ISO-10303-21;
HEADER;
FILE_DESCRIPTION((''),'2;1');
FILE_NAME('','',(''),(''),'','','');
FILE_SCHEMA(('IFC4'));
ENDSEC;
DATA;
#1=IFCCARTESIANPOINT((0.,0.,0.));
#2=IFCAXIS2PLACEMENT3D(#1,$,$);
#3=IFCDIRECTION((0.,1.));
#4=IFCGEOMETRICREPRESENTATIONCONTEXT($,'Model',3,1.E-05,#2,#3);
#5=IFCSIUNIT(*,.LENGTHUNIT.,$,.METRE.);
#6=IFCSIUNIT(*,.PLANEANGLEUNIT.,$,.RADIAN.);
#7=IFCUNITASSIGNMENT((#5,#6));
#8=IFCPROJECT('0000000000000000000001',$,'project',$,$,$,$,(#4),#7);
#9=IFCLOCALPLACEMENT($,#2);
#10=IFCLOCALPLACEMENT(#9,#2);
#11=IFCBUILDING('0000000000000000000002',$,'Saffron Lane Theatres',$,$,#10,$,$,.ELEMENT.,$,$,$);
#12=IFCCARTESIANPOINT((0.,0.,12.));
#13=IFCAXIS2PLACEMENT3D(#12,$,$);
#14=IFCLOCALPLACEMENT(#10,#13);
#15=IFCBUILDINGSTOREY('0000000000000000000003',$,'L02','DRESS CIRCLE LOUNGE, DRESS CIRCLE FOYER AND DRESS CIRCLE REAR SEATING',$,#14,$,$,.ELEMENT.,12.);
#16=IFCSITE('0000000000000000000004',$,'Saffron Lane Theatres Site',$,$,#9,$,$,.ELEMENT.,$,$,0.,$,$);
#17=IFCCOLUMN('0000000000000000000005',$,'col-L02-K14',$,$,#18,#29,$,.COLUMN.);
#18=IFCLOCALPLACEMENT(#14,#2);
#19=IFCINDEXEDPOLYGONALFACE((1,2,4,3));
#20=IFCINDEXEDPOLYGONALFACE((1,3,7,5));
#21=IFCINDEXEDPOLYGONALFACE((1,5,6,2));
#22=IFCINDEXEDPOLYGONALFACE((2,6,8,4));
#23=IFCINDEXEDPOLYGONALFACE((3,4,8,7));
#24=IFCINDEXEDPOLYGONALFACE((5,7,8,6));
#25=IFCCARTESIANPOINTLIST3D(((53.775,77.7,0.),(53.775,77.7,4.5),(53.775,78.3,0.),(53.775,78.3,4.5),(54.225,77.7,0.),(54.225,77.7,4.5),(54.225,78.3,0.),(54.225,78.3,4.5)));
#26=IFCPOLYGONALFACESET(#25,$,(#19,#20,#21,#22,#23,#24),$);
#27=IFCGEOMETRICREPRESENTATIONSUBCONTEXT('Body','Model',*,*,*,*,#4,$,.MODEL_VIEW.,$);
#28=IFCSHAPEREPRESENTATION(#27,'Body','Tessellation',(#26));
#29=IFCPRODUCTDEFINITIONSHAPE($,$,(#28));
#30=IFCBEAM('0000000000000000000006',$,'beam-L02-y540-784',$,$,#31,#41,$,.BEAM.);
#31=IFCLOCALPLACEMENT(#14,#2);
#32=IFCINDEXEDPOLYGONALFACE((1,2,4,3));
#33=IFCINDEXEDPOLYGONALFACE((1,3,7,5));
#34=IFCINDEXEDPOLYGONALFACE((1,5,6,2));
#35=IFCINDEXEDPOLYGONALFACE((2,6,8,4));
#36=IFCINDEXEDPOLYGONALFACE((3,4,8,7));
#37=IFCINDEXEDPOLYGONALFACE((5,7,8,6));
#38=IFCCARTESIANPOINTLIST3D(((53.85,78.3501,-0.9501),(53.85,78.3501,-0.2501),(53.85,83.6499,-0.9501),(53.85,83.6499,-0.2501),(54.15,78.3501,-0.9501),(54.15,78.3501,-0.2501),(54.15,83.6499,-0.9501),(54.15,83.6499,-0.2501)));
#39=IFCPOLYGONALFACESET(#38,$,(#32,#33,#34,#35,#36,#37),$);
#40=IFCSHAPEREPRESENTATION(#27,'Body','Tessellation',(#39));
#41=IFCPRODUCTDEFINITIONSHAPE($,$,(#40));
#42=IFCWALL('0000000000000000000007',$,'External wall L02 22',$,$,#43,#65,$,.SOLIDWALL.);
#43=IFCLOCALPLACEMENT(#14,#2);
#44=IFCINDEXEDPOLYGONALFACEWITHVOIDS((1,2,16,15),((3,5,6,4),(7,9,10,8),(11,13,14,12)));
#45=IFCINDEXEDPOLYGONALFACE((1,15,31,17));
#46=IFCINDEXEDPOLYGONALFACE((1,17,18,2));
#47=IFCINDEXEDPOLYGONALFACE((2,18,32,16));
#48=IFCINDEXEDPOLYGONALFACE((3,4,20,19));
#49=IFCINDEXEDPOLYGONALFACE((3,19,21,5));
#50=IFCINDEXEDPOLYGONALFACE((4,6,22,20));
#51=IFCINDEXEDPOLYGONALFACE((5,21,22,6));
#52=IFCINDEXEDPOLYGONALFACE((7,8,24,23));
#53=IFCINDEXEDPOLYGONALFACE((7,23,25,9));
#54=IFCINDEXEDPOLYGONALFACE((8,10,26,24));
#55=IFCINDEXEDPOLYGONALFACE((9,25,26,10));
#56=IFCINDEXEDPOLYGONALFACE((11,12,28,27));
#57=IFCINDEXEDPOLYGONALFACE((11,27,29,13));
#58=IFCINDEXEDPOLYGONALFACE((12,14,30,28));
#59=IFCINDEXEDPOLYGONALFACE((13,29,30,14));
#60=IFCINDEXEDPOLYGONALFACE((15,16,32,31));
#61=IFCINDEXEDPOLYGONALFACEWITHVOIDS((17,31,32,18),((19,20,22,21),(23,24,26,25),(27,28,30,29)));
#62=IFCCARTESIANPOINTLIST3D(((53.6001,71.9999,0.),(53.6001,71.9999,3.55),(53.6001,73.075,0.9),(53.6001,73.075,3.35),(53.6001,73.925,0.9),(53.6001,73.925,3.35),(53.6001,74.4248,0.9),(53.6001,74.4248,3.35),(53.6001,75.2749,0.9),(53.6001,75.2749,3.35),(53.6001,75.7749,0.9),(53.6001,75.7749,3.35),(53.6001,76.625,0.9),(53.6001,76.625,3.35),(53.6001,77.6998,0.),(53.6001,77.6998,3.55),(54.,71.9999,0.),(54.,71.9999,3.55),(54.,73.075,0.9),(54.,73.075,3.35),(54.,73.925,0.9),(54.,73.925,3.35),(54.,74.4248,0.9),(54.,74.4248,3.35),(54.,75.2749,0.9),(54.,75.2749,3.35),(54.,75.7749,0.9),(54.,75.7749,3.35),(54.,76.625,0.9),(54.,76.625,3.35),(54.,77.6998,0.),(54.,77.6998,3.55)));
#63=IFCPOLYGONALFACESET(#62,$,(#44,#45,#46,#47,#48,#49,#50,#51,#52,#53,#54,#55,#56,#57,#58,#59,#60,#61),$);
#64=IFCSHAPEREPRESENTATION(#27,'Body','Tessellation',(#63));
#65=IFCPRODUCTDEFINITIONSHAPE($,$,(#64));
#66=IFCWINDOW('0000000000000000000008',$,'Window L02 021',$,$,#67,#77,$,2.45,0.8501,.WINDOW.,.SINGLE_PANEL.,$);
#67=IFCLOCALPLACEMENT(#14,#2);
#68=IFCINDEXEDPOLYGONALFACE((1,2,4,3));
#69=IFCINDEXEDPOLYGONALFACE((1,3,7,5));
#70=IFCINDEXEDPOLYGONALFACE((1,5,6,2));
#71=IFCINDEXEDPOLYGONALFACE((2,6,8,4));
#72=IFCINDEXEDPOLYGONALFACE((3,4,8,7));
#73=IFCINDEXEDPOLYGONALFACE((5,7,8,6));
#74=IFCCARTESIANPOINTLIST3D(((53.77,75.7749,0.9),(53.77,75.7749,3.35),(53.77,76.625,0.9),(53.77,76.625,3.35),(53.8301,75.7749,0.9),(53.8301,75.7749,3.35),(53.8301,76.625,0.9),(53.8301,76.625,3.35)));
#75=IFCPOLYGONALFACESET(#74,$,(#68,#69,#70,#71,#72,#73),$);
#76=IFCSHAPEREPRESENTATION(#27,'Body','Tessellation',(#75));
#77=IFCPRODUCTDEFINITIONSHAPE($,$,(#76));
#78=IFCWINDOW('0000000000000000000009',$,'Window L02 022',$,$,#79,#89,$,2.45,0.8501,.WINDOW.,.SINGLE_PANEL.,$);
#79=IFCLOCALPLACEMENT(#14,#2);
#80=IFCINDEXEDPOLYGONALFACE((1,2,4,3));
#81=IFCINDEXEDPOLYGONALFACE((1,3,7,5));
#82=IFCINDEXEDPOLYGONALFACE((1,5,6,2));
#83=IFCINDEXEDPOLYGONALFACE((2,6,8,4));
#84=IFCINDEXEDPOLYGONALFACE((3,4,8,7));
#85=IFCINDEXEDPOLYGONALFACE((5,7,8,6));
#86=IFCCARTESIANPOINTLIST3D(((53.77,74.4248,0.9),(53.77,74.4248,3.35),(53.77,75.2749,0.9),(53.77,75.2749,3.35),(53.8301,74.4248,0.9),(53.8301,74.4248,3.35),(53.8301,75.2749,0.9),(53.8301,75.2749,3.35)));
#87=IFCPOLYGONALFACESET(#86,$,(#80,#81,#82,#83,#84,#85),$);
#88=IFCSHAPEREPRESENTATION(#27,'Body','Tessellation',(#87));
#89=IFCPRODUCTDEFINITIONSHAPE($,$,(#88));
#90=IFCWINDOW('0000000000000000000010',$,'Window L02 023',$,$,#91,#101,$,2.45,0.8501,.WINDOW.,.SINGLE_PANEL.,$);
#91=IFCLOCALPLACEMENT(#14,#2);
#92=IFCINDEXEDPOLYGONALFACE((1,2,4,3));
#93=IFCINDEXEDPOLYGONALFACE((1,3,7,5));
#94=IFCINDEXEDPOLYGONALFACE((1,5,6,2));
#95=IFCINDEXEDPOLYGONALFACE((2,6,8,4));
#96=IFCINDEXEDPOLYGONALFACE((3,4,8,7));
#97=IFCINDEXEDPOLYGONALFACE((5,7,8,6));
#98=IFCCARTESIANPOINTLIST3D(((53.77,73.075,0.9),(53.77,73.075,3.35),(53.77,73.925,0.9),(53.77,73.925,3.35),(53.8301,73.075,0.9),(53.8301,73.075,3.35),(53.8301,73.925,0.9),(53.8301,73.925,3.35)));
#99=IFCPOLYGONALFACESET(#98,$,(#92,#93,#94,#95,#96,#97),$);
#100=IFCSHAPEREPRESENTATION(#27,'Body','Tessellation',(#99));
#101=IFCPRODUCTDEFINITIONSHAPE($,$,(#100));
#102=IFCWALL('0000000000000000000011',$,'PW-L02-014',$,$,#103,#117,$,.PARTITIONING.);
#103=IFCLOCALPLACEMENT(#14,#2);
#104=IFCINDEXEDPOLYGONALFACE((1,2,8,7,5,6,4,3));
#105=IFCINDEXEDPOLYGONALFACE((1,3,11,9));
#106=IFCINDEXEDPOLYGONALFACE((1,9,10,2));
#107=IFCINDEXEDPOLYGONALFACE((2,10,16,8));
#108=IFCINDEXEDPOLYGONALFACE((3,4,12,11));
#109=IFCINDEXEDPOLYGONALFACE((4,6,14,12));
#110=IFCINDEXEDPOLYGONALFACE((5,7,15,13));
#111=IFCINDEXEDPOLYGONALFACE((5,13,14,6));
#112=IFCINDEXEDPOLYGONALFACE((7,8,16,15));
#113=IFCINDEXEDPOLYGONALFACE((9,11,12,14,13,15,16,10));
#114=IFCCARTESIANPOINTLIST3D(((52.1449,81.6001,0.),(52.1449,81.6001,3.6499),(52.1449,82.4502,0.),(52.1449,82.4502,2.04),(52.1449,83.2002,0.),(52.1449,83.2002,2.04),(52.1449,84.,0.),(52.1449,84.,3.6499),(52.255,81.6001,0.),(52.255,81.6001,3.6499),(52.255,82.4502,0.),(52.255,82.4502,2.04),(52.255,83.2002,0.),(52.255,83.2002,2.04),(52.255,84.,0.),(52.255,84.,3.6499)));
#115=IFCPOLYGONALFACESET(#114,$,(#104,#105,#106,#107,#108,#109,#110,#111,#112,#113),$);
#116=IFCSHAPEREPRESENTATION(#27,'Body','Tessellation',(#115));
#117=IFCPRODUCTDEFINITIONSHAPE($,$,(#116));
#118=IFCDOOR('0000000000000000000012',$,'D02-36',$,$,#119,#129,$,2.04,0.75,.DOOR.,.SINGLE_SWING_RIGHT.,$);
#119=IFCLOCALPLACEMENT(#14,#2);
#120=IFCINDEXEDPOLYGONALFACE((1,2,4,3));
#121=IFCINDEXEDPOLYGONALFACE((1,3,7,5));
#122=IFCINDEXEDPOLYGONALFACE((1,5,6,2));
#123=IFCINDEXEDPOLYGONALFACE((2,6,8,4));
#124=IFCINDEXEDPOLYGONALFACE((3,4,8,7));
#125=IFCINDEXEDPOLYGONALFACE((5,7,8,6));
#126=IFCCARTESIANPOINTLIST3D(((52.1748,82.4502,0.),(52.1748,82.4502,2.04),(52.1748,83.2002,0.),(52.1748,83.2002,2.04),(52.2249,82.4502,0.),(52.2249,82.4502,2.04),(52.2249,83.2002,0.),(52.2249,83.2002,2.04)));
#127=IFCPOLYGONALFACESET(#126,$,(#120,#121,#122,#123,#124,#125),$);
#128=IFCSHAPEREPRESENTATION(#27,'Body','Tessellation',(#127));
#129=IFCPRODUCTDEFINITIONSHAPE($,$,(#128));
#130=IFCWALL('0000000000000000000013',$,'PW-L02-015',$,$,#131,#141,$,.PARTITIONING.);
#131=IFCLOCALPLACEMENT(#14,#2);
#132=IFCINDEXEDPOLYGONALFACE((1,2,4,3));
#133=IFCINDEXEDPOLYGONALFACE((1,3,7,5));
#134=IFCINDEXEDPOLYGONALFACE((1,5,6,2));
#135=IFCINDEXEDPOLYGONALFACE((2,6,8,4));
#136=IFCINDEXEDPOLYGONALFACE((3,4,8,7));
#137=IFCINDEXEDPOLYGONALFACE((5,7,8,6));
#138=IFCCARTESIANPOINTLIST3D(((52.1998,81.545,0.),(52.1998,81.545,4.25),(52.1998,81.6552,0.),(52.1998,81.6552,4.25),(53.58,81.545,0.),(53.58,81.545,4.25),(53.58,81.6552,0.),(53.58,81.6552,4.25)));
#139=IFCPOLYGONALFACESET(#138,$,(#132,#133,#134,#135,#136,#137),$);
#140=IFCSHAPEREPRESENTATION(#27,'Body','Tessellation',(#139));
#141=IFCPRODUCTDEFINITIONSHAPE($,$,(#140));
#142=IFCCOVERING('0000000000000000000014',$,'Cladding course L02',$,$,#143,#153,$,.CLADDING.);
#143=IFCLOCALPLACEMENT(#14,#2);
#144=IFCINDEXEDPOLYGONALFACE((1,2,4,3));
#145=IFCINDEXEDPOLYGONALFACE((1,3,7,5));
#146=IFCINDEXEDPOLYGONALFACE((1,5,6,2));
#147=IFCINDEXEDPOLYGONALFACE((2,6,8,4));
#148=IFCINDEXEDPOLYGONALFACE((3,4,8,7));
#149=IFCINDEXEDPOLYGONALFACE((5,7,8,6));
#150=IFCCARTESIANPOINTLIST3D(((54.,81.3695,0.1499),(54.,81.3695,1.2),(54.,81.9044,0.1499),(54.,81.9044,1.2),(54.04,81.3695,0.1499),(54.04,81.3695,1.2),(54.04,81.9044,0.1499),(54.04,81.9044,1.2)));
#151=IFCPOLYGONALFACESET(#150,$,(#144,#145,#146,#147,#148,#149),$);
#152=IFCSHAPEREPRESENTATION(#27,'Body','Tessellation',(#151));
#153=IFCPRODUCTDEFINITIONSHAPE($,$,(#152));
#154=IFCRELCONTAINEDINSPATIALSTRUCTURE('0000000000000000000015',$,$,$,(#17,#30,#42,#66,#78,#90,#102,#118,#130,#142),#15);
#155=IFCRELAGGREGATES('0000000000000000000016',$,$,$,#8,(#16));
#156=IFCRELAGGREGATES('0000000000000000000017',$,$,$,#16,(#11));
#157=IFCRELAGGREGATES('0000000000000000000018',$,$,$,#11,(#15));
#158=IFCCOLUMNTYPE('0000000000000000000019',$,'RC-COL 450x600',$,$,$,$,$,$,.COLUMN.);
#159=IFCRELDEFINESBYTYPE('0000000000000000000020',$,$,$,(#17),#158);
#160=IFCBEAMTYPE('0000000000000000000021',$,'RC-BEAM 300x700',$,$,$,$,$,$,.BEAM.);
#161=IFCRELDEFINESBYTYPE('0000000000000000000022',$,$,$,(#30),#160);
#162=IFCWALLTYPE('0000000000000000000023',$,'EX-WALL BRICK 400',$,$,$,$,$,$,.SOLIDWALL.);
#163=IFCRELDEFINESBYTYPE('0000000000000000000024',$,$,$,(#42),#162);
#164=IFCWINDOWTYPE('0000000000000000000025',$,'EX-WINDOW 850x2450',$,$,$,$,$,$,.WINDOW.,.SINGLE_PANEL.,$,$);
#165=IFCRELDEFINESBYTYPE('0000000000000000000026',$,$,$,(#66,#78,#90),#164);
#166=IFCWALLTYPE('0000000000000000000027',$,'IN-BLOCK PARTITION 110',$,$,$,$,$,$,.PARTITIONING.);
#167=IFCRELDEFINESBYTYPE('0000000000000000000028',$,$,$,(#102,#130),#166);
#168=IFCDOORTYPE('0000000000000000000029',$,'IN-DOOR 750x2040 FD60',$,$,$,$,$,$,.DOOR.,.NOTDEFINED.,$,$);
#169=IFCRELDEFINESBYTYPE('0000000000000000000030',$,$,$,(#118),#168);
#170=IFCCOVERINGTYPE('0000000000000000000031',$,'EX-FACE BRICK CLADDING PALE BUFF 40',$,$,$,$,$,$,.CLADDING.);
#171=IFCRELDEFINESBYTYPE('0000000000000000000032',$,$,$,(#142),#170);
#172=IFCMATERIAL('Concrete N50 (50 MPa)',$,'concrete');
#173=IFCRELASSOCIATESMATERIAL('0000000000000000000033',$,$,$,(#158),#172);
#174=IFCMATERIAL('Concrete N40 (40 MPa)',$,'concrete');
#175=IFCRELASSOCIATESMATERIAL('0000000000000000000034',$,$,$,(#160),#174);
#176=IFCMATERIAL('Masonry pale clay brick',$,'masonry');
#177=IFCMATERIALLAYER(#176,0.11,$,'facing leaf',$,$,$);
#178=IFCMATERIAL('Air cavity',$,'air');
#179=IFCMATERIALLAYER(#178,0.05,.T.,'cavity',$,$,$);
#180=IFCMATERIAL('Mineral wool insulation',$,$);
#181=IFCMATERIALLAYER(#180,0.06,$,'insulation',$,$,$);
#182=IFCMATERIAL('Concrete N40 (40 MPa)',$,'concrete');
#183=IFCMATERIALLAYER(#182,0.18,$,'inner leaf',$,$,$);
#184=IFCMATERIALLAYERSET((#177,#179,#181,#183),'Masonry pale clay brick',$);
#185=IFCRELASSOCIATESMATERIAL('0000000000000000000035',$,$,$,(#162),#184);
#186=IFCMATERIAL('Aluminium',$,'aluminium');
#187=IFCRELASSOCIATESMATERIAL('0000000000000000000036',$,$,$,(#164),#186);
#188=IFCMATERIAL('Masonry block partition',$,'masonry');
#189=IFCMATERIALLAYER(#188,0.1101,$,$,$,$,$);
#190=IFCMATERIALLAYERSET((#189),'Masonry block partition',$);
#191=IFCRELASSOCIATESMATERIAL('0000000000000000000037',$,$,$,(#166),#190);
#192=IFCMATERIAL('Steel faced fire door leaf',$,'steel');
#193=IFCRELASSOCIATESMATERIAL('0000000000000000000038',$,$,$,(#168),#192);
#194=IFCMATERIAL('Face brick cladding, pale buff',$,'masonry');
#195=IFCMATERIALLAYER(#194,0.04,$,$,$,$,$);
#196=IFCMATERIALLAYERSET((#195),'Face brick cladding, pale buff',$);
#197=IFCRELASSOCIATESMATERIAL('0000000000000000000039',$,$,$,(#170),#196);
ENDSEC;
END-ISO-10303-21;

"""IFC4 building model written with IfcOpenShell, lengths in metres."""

from ifc_helpers import new_model, si_unit, direction, frame, frame_2d, origin, origin_2d, place, context, subcontext, project, spatial, rectangle, extrude, material, layer, layer_set, material_profile, profile_set, type_object, element, fill, save


model = new_model("IFC4")

# Units and contexts
model_context = context("Model", 3, precision=1e-05, world=origin(), true_north=direction((0.0, 1.0)))
body_context = subcontext(model_context, "Body", "Model", "MODEL_VIEW")
ifc_project = project(units=[si_unit("LENGTHUNIT", "METRE"), si_unit("PLANEANGLEUNIT", "RADIAN")], contexts=[model_context])

# Site, building, storey
site_placement = place(None, origin())
site = spatial("IfcSite", under=ifc_project, at=site_placement, Name="Saffron Lane Theatres Site", CompositionType="ELEMENT", RefElevation=0.0)
building_placement = place(site_placement, origin())
building = spatial("IfcBuilding", under=site, at=building_placement, Name="Saffron Lane Theatres", CompositionType="ELEMENT")
storey_placement = place(building_placement, frame((0.0, 0.0, 12.0)))
storey = spatial("IfcBuildingStorey", under=building, at=storey_placement, Name="L02", Description="DRESS CIRCLE LOUNGE, DRESS CIRCLE FOYER AND DRESS CIRCLE REAR SEATING", CompositionType="ELEMENT", Elevation=12.0)

# Column
ifc_material_1 = material(Name="Concrete N50 (50 MPa)", Category="concrete")
ifc_material_profile_1 = material_profile(ifc_material_1, rectangle(XDim=0.45, YDim=0.6001, at=origin_2d()))
ifc_profile_set_1 = profile_set([ifc_material_profile_1], Name="Concrete N50 (50 MPa)")
column_type = type_object("IfcColumnType", Name="RC-COL 450x600", PredefinedType="COLUMN", material=ifc_profile_set_1)
column_placement = place(storey_placement, frame((54.0, 78.0, 0.0), z_axis=(0.0, 0.0, 1.0), x_axis=(1.0, 0.0, 0.0)))
element("IfcColumn", 1, at=column_placement, inside=storey, type_object=column_type, Name="col-L02-K14", PredefinedType="COLUMN", context=body_context, shape_type="SweptSolid", body=[
    extrude(rectangle(XDim=0.45, YDim=0.6001, at=origin_2d()), origin(), (0.0, 0.0, 1.0), 4.5),
])

# Beam
ifc_material_2 = material(Name="Concrete N40 (40 MPa)", Category="concrete")
ifc_material_profile_2 = material_profile(ifc_material_2, rectangle(XDim=0.3, YDim=0.7, at=origin_2d()))
ifc_profile_set_2 = profile_set([ifc_material_profile_2], Name="Concrete N40 (40 MPa)")
beam_type = type_object("IfcBeamType", Name="RC-BEAM 300x700", PredefinedType="BEAM", material=ifc_profile_set_2)
beam_placement = place(storey_placement, frame((54.0, 78.3501, -0.6001), z_axis=(0.0, 1.0, 0.0), x_axis=(-1.0, 0.0, 0.0)))
element("IfcBeam", 2, at=beam_placement, inside=storey, type_object=beam_type, Name="beam-L02-y540-784", PredefinedType="BEAM", context=body_context, shape_type="SweptSolid", body=[
    extrude(rectangle(XDim=0.3, YDim=0.7, at=origin_2d()), origin(), (0.0, 0.0, 1.0), 5.2998),
])

# Wall, openings, windows
ifc_material_3 = material(Name="Masonry pale clay brick", Category="masonry")
ifc_layer_1 = layer(ifc_material_3, 0.11, Name="facing leaf")
ifc_material_4 = material(Name="Air cavity", Category="air")
ifc_layer_2 = layer(ifc_material_4, 0.05, ventilated=True, Name="cavity")
ifc_material_5 = material(Name="Mineral wool insulation")
ifc_layer_3 = layer(ifc_material_5, 0.06, Name="insulation")
ifc_material_6 = material(Name="Concrete N40 (40 MPa)", Category="concrete")
ifc_layer_4 = layer(ifc_material_6, 0.18, Name="inner leaf")
ifc_layer_set_1 = layer_set([ifc_layer_1, ifc_layer_2, ifc_layer_3, ifc_layer_4], Name="Masonry pale clay brick")
wall_type_1 = type_object("IfcWallType", Name="EX-WALL BRICK 400", PredefinedType="SOLIDWALL", material=ifc_layer_set_1)
wall_1_placement = place(storey_placement, frame((53.8, 77.7, 0.0), z_axis=(0.0, 0.0, 1.0), x_axis=(0.0, -1.0, 0.0)))
wall_1 = element("IfcWall", 3, at=wall_1_placement, inside=storey, type_object=wall_type_1, Name="External wall L02 22", PredefinedType="SOLIDWALL", context=body_context, shape_type="SweptSolid", body=[
    extrude(rectangle(XDim=5.7, YDim=0.3999, at=frame_2d((2.8501, 0.0))), origin(), (0.0, 0.0, 1.0), 3.55),
])
opening_1_placement = place(wall_1_placement, frame((1.075, 0.0, 0.8999)))
opening_1 = element("IfcOpeningElement", 4, at=opening_1_placement, cuts=wall_1, PredefinedType="OPENING", context=body_context, shape_type="SweptSolid", body=[
    extrude(rectangle(XDim=0.8501, YDim=2.45, at=frame_2d((0.425, 1.2251))), frame((0.0, 0.21, 0.0), z_axis=(0.0, -1.0, 0.0), x_axis=(1.0, 0.0, 0.0)), (0.0, 0.0, 1.0), 0.4199),
])
opening_2_placement = place(wall_1_placement, frame((2.425, 0.0, 0.8999)))
opening_2 = element("IfcOpeningElement", 5, at=opening_2_placement, cuts=wall_1, PredefinedType="OPENING", context=body_context, shape_type="SweptSolid", body=[
    extrude(rectangle(XDim=0.8501, YDim=2.45, at=frame_2d((0.425, 1.2251))), frame((0.0, 0.21, 0.0), z_axis=(0.0, -1.0, 0.0), x_axis=(1.0, 0.0, 0.0)), (0.0, 0.0, 1.0), 0.4199),
])
opening_3_placement = place(wall_1_placement, frame((3.7749, 0.0, 0.8999)))
opening_3 = element("IfcOpeningElement", 6, at=opening_3_placement, cuts=wall_1, PredefinedType="OPENING", context=body_context, shape_type="SweptSolid", body=[
    extrude(rectangle(XDim=0.8501, YDim=2.45, at=frame_2d((0.425, 1.2251))), frame((0.0, 0.21, 0.0), z_axis=(0.0, -1.0, 0.0), x_axis=(1.0, 0.0, 0.0)), (0.0, 0.0, 1.0), 0.4199),
])
ifc_material_7 = material(Name="Aluminium", Category="aluminium")
window_type = type_object("IfcWindowType", Name="EX-WINDOW 850x2450", PartitioningType="SINGLE_PANEL", PredefinedType="WINDOW", material=ifc_material_7)
window_1_placement = place(opening_1_placement, origin())
window_1 = element("IfcWindow", 7, at=window_1_placement, inside=storey, type_object=window_type, Name="Window L02 021", OverallHeight=2.45, OverallWidth=0.8501, PartitioningType="SINGLE_PANEL", PredefinedType="WINDOW", context=body_context, shape_type="SweptSolid", body=[
    extrude(rectangle(XDim=0.8501, YDim=2.45, at=frame_2d((0.425, 1.2251))), frame((0.0, 0.03, 0.0), z_axis=(0.0, -1.0, 0.0), x_axis=(1.0, 0.0, 0.0)), (0.0, 0.0, 1.0), 0.0601),
])
fill(opening_1, window_1)
window_2_placement = place(opening_2_placement, origin())
window_2 = element("IfcWindow", 8, at=window_2_placement, inside=storey, type_object=window_type, Name="Window L02 022", OverallHeight=2.45, OverallWidth=0.8501, PartitioningType="SINGLE_PANEL", PredefinedType="WINDOW", context=body_context, shape_type="SweptSolid", body=[
    extrude(rectangle(XDim=0.8501, YDim=2.45, at=frame_2d((0.425, 1.2251))), frame((0.0, 0.03, 0.0), z_axis=(0.0, -1.0, 0.0), x_axis=(1.0, 0.0, 0.0)), (0.0, 0.0, 1.0), 0.0601),
])
fill(opening_2, window_2)
window_3_placement = place(opening_3_placement, origin())
window_3 = element("IfcWindow", 9, at=window_3_placement, inside=storey, type_object=window_type, Name="Window L02 023", OverallHeight=2.45, OverallWidth=0.8501, PartitioningType="SINGLE_PANEL", PredefinedType="WINDOW", context=body_context, shape_type="SweptSolid", body=[
    extrude(rectangle(XDim=0.8501, YDim=2.45, at=frame_2d((0.425, 1.2251))), frame((0.0, 0.03, 0.0), z_axis=(0.0, -1.0, 0.0), x_axis=(1.0, 0.0, 0.0)), (0.0, 0.0, 1.0), 0.0601),
])
fill(opening_3, window_3)

# Wall, opening, door
ifc_material_8 = material(Name="Masonry block partition", Category="masonry")
ifc_layer_5 = layer(ifc_material_8, 0.1101)
ifc_layer_set_2 = layer_set([ifc_layer_5], Name="Masonry block partition")
wall_type_2 = type_object("IfcWallType", Name="IN-BLOCK PARTITION 110", PredefinedType="PARTITIONING", material=ifc_layer_set_2)
wall_2_placement = place(storey_placement, frame((52.2, 81.6001, 0.0), z_axis=(0.0, 0.0, 1.0), x_axis=(0.0, 1.0, 0.0)))
wall_2 = element("IfcWall", 10, at=wall_2_placement, inside=storey, type_object=wall_type_2, Name="PW-L02-014", PredefinedType="PARTITIONING", context=body_context, shape_type="SweptSolid", body=[
    extrude(rectangle(XDim=2.3999, YDim=0.1101, at=frame_2d((1.2, 0.0))), origin(), (0.0, 0.0, 1.0), 3.6499),
])
opening_4_placement = place(wall_2_placement, frame((0.8501, 0.0, 0.0)))
opening_4 = element("IfcOpeningElement", 11, at=opening_4_placement, cuts=wall_2, PredefinedType="OPENING", context=body_context, shape_type="SweptSolid", body=[
    extrude(rectangle(XDim=0.75, YDim=2.04, at=frame_2d((0.375, 1.02))), frame((0.0, 0.0649, 0.0), z_axis=(0.0, -1.0, 0.0), x_axis=(1.0, 0.0, 0.0)), (0.0, 0.0, 1.0), 0.1301),
])
ifc_material_9 = material(Name="Steel faced fire door leaf", Category="steel")
door_type = type_object("IfcDoorType", Name="IN-DOOR 750x2040 FD60", OperationType="NOTDEFINED", PredefinedType="DOOR", material=ifc_material_9)
door_placement = place(opening_4_placement, frame((0.75, 0.0, 0.0), z_axis=(0.0, 0.0, 1.0), x_axis=(-1.0, 0.0, 0.0)))
door = element("IfcDoor", 12, at=door_placement, inside=storey, type_object=door_type, Name="D02-36", OperationType="SINGLE_SWING_RIGHT", OverallHeight=2.04, OverallWidth=0.75, PredefinedType="DOOR", context=body_context, shape_type="SweptSolid", body=[
    extrude(rectangle(XDim=0.75, YDim=2.04, at=frame_2d((0.375, 1.02))), frame((0.0, 0.0249, 0.0), z_axis=(0.0, -1.0, 0.0), x_axis=(1.0, 0.0, 0.0)), (0.0, 0.0, 1.0), 0.05),
])
fill(opening_4, door)

# Wall
wall_3_placement = place(storey_placement, frame((52.2, 81.6001, 0.0), z_axis=(0.0, 0.0, 1.0), x_axis=(1.0, 0.0, 0.0)))
element("IfcWall", 13, at=wall_3_placement, inside=storey, type_object=wall_type_2, Name="PW-L02-015", PredefinedType="PARTITIONING", context=body_context, shape_type="SweptSolid", body=[
    extrude(rectangle(XDim=1.3801, YDim=0.1101, at=frame_2d((0.6899, 0.0))), origin(), (0.0, 0.0, 1.0), 4.25),
])

# Covering
ifc_material_10 = material(Name="Face brick cladding, pale buff", Category="masonry")
ifc_layer_6 = layer(ifc_material_10, 0.04)
ifc_layer_set_3 = layer_set([ifc_layer_6], Name="Face brick cladding, pale buff")
covering_type_1 = type_object("IfcCoveringType", Name="EX-FACE BRICK CLADDING PALE BUFF 40", PredefinedType="CLADDING", material=ifc_layer_set_3)
covering_1_placement = place(storey_placement, frame((54.02, 81.637, 0.1499), z_axis=(0.0, 0.0, 1.0), x_axis=(0.0, -1.0, 0.0)))
element("IfcCovering", 14, at=covering_1_placement, inside=storey, type_object=covering_type_1, Name="Cladding course L02", PredefinedType="CLADDING", context=body_context, shape_type="SweptSolid", body=[
    extrude(rectangle(XDim=0.5349, YDim=0.04, at=origin_2d()), origin(), (0.0, 0.0, 1.0), 1.05),
])

save(model, "model.ifc")
